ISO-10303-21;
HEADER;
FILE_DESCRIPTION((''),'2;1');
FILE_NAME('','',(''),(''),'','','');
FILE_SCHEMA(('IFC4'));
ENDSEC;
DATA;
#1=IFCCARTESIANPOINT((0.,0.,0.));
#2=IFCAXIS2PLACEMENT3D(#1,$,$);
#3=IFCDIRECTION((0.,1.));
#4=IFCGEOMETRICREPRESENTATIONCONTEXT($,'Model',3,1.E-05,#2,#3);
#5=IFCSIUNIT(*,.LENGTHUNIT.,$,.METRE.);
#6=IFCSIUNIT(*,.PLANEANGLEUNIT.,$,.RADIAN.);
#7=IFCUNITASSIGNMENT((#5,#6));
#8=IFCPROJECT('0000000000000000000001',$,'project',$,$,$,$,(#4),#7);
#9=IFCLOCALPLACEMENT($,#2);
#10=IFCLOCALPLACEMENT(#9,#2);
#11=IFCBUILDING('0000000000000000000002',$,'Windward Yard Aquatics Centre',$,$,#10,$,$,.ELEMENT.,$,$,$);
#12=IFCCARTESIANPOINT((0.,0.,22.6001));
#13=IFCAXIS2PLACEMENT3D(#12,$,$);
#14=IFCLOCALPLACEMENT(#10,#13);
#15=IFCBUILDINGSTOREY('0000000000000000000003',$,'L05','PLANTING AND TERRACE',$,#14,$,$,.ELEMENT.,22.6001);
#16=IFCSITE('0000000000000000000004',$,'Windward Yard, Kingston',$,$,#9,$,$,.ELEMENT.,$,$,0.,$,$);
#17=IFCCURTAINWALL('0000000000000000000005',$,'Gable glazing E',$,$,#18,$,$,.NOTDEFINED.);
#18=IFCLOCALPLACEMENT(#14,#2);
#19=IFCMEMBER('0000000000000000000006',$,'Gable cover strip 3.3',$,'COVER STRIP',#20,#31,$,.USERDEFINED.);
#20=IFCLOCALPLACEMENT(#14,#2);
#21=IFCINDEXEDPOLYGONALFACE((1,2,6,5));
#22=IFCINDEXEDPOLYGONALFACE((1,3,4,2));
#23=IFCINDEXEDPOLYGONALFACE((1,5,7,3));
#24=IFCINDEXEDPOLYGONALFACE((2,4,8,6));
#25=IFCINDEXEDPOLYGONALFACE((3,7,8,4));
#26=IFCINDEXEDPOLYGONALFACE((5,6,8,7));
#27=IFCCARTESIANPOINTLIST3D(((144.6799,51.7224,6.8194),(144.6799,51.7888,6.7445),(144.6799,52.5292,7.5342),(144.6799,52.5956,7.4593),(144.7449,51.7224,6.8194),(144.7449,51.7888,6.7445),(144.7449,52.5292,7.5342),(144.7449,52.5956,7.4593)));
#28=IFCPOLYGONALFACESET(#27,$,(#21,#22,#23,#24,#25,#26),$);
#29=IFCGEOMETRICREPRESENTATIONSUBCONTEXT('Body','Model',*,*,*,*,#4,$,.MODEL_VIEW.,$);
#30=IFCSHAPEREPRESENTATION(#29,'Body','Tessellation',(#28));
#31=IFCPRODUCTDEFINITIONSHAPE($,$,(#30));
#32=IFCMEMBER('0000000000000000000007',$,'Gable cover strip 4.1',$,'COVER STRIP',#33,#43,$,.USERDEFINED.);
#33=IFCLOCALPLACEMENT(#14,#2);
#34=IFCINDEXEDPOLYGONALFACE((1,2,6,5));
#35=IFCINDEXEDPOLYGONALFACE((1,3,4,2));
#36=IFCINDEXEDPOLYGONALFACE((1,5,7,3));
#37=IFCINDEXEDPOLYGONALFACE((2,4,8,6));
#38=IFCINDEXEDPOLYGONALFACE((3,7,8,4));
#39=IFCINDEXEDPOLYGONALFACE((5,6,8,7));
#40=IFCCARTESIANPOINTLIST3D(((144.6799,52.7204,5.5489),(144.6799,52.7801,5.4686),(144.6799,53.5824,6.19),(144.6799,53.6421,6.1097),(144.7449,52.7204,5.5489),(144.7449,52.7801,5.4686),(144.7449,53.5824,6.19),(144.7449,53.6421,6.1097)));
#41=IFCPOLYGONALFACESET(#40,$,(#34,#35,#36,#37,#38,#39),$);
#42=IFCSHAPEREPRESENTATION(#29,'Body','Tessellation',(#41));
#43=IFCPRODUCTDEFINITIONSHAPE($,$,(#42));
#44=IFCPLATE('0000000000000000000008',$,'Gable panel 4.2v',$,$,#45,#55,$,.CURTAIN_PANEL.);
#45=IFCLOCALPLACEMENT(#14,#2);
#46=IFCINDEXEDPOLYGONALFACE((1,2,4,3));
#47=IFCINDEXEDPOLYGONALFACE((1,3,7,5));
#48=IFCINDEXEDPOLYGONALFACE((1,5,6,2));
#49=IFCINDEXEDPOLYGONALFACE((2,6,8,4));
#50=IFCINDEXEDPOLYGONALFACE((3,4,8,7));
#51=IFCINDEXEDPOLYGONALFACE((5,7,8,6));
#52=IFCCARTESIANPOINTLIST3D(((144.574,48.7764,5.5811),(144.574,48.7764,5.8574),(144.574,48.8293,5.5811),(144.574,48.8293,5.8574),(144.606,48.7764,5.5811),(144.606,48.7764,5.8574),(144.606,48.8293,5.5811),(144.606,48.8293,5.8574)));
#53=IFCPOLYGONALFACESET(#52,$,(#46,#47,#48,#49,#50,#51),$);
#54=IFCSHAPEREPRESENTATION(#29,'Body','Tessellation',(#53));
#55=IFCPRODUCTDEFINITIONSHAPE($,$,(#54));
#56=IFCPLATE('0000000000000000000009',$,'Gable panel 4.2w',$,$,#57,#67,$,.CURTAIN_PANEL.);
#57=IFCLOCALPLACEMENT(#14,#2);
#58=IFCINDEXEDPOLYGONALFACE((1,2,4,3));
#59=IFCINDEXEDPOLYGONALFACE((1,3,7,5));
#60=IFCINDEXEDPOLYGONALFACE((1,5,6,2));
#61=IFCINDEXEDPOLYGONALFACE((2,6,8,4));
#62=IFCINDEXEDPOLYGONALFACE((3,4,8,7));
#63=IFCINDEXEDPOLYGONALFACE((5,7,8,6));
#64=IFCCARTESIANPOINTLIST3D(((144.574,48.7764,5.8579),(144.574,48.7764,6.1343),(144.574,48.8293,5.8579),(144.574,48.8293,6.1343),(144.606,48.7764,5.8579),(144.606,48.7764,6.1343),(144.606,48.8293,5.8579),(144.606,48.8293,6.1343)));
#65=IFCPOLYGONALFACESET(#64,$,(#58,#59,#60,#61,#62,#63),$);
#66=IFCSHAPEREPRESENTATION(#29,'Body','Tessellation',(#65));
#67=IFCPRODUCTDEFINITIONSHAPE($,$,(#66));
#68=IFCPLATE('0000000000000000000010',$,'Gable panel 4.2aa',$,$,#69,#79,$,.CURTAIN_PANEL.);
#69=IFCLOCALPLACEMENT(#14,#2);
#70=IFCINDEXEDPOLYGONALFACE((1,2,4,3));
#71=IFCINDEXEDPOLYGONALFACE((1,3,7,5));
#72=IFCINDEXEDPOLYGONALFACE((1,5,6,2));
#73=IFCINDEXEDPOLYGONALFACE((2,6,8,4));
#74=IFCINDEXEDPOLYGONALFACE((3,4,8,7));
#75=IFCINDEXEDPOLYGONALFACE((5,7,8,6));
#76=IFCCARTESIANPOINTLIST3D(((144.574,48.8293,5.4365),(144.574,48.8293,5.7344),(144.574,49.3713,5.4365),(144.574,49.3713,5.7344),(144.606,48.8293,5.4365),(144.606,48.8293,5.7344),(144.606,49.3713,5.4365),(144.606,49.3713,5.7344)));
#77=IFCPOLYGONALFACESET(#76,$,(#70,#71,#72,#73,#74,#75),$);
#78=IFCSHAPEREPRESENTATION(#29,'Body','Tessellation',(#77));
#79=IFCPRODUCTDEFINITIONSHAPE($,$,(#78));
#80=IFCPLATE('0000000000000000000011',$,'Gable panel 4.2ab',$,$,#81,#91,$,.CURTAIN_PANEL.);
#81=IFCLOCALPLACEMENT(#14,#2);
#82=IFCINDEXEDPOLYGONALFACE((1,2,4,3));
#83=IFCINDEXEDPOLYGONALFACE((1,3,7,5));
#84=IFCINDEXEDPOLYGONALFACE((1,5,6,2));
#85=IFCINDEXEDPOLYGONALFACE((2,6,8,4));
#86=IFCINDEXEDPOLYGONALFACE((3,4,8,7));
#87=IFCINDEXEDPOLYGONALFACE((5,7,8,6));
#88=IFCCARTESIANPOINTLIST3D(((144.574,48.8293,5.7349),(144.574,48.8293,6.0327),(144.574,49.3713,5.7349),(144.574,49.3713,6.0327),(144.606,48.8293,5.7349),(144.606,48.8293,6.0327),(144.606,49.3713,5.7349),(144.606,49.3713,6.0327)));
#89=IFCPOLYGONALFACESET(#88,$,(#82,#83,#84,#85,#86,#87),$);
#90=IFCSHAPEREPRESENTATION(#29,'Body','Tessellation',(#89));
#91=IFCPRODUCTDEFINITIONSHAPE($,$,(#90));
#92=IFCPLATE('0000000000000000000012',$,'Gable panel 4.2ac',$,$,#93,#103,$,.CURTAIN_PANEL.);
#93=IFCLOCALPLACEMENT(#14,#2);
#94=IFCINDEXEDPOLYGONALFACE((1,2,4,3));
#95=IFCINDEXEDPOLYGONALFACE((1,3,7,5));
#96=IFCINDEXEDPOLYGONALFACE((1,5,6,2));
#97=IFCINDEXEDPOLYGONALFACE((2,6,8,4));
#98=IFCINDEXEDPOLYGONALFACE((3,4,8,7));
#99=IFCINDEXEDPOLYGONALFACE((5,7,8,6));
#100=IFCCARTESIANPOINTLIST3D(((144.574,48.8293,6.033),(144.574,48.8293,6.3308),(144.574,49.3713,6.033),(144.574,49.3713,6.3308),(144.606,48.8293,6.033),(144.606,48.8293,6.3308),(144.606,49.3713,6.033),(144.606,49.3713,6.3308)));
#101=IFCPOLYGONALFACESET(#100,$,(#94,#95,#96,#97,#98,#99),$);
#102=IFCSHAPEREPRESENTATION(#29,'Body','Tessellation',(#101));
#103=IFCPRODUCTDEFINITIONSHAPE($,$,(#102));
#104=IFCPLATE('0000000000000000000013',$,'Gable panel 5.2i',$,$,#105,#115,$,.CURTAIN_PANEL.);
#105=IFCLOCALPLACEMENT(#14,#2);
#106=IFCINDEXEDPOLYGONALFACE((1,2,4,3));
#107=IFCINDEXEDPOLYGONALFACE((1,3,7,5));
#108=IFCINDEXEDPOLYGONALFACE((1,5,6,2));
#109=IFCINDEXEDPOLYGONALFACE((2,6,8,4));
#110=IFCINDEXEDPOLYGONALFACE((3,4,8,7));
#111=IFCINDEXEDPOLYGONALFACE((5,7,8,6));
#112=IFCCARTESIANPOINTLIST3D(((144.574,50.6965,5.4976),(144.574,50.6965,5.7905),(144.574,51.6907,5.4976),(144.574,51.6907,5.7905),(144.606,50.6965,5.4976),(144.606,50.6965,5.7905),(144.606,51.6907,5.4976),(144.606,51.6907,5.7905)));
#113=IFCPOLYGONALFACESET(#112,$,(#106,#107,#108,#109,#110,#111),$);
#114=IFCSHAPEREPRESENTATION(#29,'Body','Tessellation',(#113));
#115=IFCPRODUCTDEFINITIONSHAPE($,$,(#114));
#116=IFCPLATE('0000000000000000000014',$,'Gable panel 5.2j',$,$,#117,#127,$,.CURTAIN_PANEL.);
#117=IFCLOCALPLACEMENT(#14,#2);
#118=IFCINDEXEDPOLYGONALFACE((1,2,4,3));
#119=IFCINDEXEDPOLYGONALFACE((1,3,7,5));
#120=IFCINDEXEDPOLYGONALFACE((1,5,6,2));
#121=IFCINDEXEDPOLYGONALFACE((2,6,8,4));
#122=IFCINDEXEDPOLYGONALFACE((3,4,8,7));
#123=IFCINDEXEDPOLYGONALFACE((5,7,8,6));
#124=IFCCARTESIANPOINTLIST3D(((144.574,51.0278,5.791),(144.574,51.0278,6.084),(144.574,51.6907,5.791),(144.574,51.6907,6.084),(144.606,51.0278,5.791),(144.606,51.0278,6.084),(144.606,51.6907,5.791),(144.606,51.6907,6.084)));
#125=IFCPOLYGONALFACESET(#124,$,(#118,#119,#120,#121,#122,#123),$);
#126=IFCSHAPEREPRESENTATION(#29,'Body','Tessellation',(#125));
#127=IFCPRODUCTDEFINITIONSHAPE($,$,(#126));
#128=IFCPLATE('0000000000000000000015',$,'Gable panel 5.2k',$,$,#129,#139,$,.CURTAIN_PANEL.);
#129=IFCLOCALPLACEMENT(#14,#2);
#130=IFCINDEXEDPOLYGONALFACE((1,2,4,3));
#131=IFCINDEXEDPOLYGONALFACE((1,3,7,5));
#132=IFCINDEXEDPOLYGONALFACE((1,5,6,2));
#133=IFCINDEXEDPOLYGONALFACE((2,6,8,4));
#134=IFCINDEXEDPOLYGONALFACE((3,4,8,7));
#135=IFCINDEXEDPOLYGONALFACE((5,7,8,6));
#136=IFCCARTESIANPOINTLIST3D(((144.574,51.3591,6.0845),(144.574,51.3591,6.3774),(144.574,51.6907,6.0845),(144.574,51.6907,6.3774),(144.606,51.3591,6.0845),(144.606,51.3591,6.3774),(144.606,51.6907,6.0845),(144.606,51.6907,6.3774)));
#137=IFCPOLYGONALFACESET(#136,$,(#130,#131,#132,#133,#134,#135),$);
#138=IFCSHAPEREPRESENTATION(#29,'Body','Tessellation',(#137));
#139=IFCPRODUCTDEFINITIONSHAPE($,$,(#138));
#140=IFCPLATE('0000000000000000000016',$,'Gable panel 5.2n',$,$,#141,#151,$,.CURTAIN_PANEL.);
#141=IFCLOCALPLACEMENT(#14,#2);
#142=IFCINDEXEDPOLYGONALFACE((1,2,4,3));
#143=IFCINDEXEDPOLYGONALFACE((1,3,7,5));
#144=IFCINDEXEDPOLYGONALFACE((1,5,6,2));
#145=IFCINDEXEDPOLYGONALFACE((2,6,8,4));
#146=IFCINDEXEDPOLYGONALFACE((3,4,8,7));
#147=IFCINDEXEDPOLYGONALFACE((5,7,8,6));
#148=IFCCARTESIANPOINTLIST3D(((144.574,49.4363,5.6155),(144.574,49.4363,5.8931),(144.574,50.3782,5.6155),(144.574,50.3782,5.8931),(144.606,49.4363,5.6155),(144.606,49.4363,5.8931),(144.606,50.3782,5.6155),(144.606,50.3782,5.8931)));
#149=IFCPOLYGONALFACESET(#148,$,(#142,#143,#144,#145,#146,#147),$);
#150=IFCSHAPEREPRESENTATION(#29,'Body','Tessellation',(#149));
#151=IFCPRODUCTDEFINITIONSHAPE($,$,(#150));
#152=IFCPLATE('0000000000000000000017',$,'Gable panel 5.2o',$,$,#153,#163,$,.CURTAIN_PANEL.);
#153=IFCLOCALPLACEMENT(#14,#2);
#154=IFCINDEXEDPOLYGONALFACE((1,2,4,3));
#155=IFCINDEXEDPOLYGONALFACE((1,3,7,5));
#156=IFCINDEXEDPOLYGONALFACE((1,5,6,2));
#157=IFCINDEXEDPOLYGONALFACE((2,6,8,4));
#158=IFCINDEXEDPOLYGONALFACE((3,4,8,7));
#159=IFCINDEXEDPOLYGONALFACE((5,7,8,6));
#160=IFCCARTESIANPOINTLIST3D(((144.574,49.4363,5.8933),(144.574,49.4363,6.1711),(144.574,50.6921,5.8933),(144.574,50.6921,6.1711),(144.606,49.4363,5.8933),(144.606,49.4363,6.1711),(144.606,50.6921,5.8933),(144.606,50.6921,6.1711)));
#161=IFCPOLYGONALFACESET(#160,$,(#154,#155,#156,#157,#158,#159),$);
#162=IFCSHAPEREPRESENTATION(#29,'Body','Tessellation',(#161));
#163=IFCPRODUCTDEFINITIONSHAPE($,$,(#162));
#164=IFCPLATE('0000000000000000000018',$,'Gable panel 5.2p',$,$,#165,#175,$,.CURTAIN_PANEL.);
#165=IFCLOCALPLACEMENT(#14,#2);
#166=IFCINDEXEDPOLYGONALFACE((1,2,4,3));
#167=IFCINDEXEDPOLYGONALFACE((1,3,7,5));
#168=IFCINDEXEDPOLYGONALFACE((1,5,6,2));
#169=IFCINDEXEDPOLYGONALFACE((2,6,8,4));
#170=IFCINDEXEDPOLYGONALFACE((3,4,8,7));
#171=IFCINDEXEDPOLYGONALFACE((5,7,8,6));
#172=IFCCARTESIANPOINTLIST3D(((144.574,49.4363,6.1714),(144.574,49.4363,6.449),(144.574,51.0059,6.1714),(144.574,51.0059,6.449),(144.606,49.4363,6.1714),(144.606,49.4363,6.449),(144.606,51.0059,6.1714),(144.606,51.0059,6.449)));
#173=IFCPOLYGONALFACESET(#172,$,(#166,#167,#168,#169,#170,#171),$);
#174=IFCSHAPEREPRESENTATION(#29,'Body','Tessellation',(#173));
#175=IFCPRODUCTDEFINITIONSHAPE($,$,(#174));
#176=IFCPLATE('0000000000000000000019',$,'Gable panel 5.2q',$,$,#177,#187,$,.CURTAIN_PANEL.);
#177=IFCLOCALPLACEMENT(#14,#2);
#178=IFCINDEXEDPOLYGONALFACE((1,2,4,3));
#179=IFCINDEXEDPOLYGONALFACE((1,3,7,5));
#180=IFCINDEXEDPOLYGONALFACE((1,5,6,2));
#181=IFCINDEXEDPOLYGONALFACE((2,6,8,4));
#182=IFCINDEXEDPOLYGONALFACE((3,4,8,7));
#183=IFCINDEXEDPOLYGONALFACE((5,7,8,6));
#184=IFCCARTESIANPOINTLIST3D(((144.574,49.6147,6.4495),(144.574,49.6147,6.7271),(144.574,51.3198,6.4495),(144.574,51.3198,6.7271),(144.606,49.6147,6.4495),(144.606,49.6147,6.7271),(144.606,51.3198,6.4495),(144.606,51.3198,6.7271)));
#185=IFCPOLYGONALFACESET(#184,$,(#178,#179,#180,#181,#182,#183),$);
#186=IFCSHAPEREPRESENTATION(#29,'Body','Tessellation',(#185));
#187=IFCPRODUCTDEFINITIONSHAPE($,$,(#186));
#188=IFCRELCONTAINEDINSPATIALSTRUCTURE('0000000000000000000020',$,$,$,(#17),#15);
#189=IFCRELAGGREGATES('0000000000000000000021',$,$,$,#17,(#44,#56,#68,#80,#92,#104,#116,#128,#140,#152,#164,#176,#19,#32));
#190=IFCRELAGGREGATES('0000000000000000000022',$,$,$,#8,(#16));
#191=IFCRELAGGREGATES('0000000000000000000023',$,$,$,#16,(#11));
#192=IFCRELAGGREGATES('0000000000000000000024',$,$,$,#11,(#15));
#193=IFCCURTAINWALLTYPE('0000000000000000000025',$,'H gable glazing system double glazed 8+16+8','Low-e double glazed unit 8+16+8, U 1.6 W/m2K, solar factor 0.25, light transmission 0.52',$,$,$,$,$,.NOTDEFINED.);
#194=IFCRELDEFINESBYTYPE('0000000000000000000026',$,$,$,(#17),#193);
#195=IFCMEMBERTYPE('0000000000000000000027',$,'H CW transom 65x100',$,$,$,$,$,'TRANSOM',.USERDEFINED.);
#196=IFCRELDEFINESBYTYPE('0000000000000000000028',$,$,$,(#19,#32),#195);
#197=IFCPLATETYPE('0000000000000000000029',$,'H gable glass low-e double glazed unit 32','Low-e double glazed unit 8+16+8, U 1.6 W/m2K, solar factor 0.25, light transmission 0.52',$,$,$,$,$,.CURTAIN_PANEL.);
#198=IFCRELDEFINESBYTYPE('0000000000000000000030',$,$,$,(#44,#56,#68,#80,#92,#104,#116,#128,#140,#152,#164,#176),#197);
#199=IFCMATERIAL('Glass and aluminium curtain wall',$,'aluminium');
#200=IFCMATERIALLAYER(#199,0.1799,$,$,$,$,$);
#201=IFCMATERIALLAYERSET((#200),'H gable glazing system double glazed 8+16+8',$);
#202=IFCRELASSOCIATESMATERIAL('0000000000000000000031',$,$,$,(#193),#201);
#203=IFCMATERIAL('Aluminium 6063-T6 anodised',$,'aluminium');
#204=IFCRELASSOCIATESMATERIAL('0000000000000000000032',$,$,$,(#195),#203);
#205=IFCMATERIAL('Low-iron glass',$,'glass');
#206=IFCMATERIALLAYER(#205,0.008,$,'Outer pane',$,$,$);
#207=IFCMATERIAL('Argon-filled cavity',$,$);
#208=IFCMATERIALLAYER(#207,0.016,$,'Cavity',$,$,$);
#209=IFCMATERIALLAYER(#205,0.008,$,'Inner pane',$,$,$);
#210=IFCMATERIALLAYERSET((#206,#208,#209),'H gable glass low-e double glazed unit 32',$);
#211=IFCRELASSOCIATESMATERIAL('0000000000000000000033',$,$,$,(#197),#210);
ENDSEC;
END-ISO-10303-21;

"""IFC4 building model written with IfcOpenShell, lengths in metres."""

from ifc_helpers import new_model, si_unit, direction, frame, origin, origin_2d, place, context, subcontext, project, spatial, polyline, rectangle, outline, extrude, material, layer, layer_set, material_profile, profile_set, type_object, element, aggregate, save


model = new_model("IFC4")

# Units and contexts
model_context = context("Model", 3, precision=1e-05, world=origin(), true_north=direction((0.0, 1.0)))
body_context = subcontext(model_context, "Body", "Model", "MODEL_VIEW")
ifc_project = project(units=[si_unit("LENGTHUNIT", "METRE"), si_unit("PLANEANGLEUNIT", "RADIAN")], contexts=[model_context])

# Site, building, storey
site_placement = place(None, origin())
site = spatial("IfcSite", under=ifc_project, at=site_placement, Name="Windward Yard, Kingston", CompositionType="ELEMENT", RefElevation=0.0)
building_placement = place(site_placement, origin())
building = spatial("IfcBuilding", under=site, at=building_placement, Name="Windward Yard Aquatics Centre", CompositionType="ELEMENT")
storey_placement = place(building_placement, frame((0.0, 0.0, 22.6001)))
storey = spatial("IfcBuildingStorey", under=building, at=storey_placement, Name="L05", Description="PLANTING AND TERRACE", CompositionType="ELEMENT", Elevation=22.6001)

# Curtain wall, members, plates
ifc_material_1 = material(Name="Glass and aluminium curtain wall", Category="aluminium")
ifc_layer_1 = layer(ifc_material_1, 0.1799)
ifc_layer_set_1 = layer_set([ifc_layer_1], Name="H gable glazing system double glazed 8+16+8")
curtain_wall_type = type_object("IfcCurtainWallType", Name="H gable glazing system double glazed 8+16+8", Description="Low-e double glazed unit 8+16+8, U 1.6 W/m2K, solar factor 0.25, light transmission 0.52", PredefinedType="NOTDEFINED", material=ifc_layer_set_1)
curtain_wall_placement = place(storey_placement, origin())
curtain_wall = element("IfcCurtainWall", 1, at=curtain_wall_placement, inside=storey, type_object=curtain_wall_type, Name="Gable glazing E", PredefinedType="NOTDEFINED")
ifc_material_2 = material(Name="Aluminium 6063-T6 anodised", Category="aluminium")
ifc_material_profile = material_profile(ifc_material_2, rectangle(XDim=0.0649, YDim=0.1001, at=origin_2d()), Name="H CW transom 65x100")
ifc_profile_set = profile_set([ifc_material_profile], Name="Aluminium 6063-T6 anodised")
member_type = type_object("IfcMemberType", Name="H CW transom 65x100", ElementType="TRANSOM", PredefinedType="USERDEFINED", material=ifc_profile_set)
member_1_placement = place(storey_placement, frame((144.7124, 51.7556, 6.782), z_axis=(0.0, 0.748508, 0.663126), x_axis=(-1.0, 0.0, 0.0)))
member_1 = element("IfcMember", 2, at=member_1_placement, type_object=member_type, Name="Gable cover strip 3.3", ObjectType="COVER STRIP", PredefinedType="USERDEFINED", context=body_context, shape_type="SweptSolid", body=[
    extrude(rectangle(XDim=0.0649, YDim=0.1001, at=origin_2d()), origin(), (0.0, 0.0, 1.0), 1.0779),
])
member_2_placement = place(storey_placement, frame((144.7124, 52.7502, 5.5088), z_axis=(0.0, 0.80242, 0.596759), x_axis=(-1.0, 0.0, 0.0)))
member_2 = element("IfcMember", 3, at=member_2_placement, type_object=member_type, Name="Gable cover strip 4.1", ObjectType="COVER STRIP", PredefinedType="USERDEFINED", context=body_context, shape_type="SweptSolid", body=[
    extrude(rectangle(XDim=0.0649, YDim=0.1001, at=origin_2d()), origin(), (0.0, 0.0, 1.0), 1.0742),
])
ifc_material_3 = material(Name="Low-iron glass", Category="glass")
ifc_layer_2 = layer(ifc_material_3, 0.008, Name="Outer pane")
ifc_material_4 = material(Name="Argon-filled cavity")
ifc_layer_3 = layer(ifc_material_4, 0.016, Name="Cavity")
ifc_layer_4 = layer(ifc_material_3, 0.008, Name="Inner pane")
ifc_layer_set_2 = layer_set([ifc_layer_2, ifc_layer_3, ifc_layer_4], Name="H gable glass low-e double glazed unit 32")
plate_type = type_object("IfcPlateType", Name="H gable glass low-e double glazed unit 32", Description="Low-e double glazed unit 8+16+8, U 1.6 W/m2K, solar factor 0.25, light transmission 0.52", PredefinedType="CURTAIN_PANEL", material=ifc_layer_set_2)
plate_1_placement = place(storey_placement, frame((144.606, 48.7764, 5.5811), z_axis=(1.0, 0.0, 0.0), x_axis=(0.0, 1.0, 0.0)))
plate_1 = element("IfcPlate", 4, at=plate_1_placement, type_object=plate_type, Name="Gable panel 4.2v", PredefinedType="CURTAIN_PANEL", context=body_context, shape_type="SweptSolid", body=[
    extrude(outline(polyline([(0.0, 0.0), (0.053, 0.0), (0.053, 0.2764), (0.0, 0.2764), (0.0, 0.0)])), origin(), (0.0, 0.0, -1.0), 0.032),
])
plate_2_placement = place(storey_placement, frame((144.606, 48.7764, 5.8579), z_axis=(1.0, 0.0, 0.0), x_axis=(0.0, 1.0, 0.0)))
plate_2 = element("IfcPlate", 5, at=plate_2_placement, type_object=plate_type, Name="Gable panel 4.2w", PredefinedType="CURTAIN_PANEL", context=body_context, shape_type="SweptSolid", body=[
    extrude(outline(polyline([(0.0, 0.0), (0.053, 0.0), (0.053, 0.2764), (0.0, 0.2764), (0.0, 0.0)])), origin(), (0.0, 0.0, -1.0), 0.032),
])
plate_3_placement = place(storey_placement, frame((144.606, 48.8293, 5.4365), z_axis=(1.0, 0.0, 0.0), x_axis=(0.0, 1.0, 0.0)))
plate_3 = element("IfcPlate", 6, at=plate_3_placement, type_object=plate_type, Name="Gable panel 4.2aa", PredefinedType="CURTAIN_PANEL", context=body_context, shape_type="SweptSolid", body=[
    extrude(outline(polyline([(0.0, 0.0), (0.542, 0.0), (0.542, 0.2979), (0.0, 0.2979), (0.0, 0.0)])), origin(), (0.0, 0.0, -1.0), 0.032),
])
plate_4_placement = place(storey_placement, frame((144.606, 48.8293, 5.7349), z_axis=(1.0, 0.0, 0.0), x_axis=(0.0, 1.0, 0.0)))
plate_4 = element("IfcPlate", 7, at=plate_4_placement, type_object=plate_type, Name="Gable panel 4.2ab", PredefinedType="CURTAIN_PANEL", context=body_context, shape_type="SweptSolid", body=[
    extrude(outline(polyline([(0.0, 0.0), (0.542, 0.0), (0.542, 0.2979), (0.0, 0.2979), (0.0, 0.0)])), origin(), (0.0, 0.0, -1.0), 0.032),
])
plate_5_placement = place(storey_placement, frame((144.606, 48.8293, 6.033), z_axis=(1.0, 0.0, 0.0), x_axis=(0.0, 1.0, 0.0)))
plate_5 = element("IfcPlate", 8, at=plate_5_placement, type_object=plate_type, Name="Gable panel 4.2ac", PredefinedType="CURTAIN_PANEL", context=body_context, shape_type="SweptSolid", body=[
    extrude(outline(polyline([(0.0, 0.0), (0.542, 0.0), (0.542, 0.2979), (0.0, 0.2979), (0.0, 0.0)])), origin(), (0.0, 0.0, -1.0), 0.032),
])
plate_6_placement = place(storey_placement, frame((144.606, 50.6965, 5.4976), z_axis=(1.0, 0.0, 0.0), x_axis=(0.0, 1.0, 0.0)))
plate_6 = element("IfcPlate", 9, at=plate_6_placement, type_object=plate_type, Name="Gable panel 5.2i", PredefinedType="CURTAIN_PANEL", context=body_context, shape_type="SweptSolid", body=[
    extrude(outline(polyline([(0.0, 0.0), (0.9941, 0.0), (0.9941, 0.293), (0.0, 0.293), (0.0, 0.0)])), origin(), (0.0, 0.0, -1.0), 0.032),
])
plate_7_placement = place(storey_placement, frame((144.606, 51.0278, 5.791), z_axis=(1.0, 0.0, 0.0), x_axis=(0.0, 1.0, 0.0)))
plate_7 = element("IfcPlate", 10, at=plate_7_placement, type_object=plate_type, Name="Gable panel 5.2j", PredefinedType="CURTAIN_PANEL", context=body_context, shape_type="SweptSolid", body=[
    extrude(outline(polyline([(0.0, 0.0), (0.6628, 0.0), (0.6628, 0.293), (0.0, 0.293), (0.0, 0.0)])), origin(), (0.0, 0.0, -1.0), 0.032),
])
plate_8_placement = place(storey_placement, frame((144.606, 51.3591, 6.0845), z_axis=(1.0, 0.0, 0.0), x_axis=(0.0, 1.0, 0.0)))
plate_8 = element("IfcPlate", 11, at=plate_8_placement, type_object=plate_type, Name="Gable panel 5.2k", PredefinedType="CURTAIN_PANEL", context=body_context, shape_type="SweptSolid", body=[
    extrude(outline(polyline([(0.0, 0.0), (0.3315, 0.0), (0.3315, 0.293), (0.0, 0.293), (0.0, 0.0)])), origin(), (0.0, 0.0, -1.0), 0.032),
])
plate_9_placement = place(storey_placement, frame((144.606, 49.4363, 5.6155), z_axis=(1.0, 0.0, 0.0), x_axis=(0.0, 1.0, 0.0)))
plate_9 = element("IfcPlate", 12, at=plate_9_placement, type_object=plate_type, Name="Gable panel 5.2n", PredefinedType="CURTAIN_PANEL", context=body_context, shape_type="SweptSolid", body=[
    extrude(outline(polyline([(0.0, 0.0), (0.9419, 0.0), (0.9419, 0.2776), (0.0, 0.2776), (0.0, 0.0)])), origin(), (0.0, 0.0, -1.0), 0.032),
])
plate_10_placement = place(storey_placement, frame((144.606, 49.4363, 5.8933), z_axis=(1.0, 0.0, 0.0), x_axis=(0.0, 1.0, 0.0)))
plate_10 = element("IfcPlate", 13, at=plate_10_placement, type_object=plate_type, Name="Gable panel 5.2o", PredefinedType="CURTAIN_PANEL", context=body_context, shape_type="SweptSolid", body=[
    extrude(outline(polyline([(0.0, 0.0), (1.2559, 0.0), (1.2559, 0.2778), (0.0, 0.2778), (0.0, 0.0)])), origin(), (0.0, 0.0, -1.0), 0.032),
])
plate_11_placement = place(storey_placement, frame((144.606, 49.4363, 6.1714), z_axis=(1.0, 0.0, 0.0), x_axis=(0.0, 1.0, 0.0)))
plate_11 = element("IfcPlate", 14, at=plate_11_placement, type_object=plate_type, Name="Gable panel 5.2p", PredefinedType="CURTAIN_PANEL", context=body_context, shape_type="SweptSolid", body=[
    extrude(outline(polyline([(0.0, 0.0), (1.5696, 0.0), (1.5696, 0.2776), (0.0, 0.2776), (0.0, 0.0)])), origin(), (0.0, 0.0, -1.0), 0.032),
])
plate_12_placement = place(storey_placement, frame((144.606, 49.6147, 6.4495), z_axis=(1.0, 0.0, 0.0), x_axis=(0.0, 1.0, 0.0)))
plate_12 = element("IfcPlate", 15, at=plate_12_placement, type_object=plate_type, Name="Gable panel 5.2q", PredefinedType="CURTAIN_PANEL", context=body_context, shape_type="SweptSolid", body=[
    extrude(outline(polyline([(0.0, 0.0), (1.7051, 0.0), (1.7051, 0.2776), (0.0, 0.2776), (0.0, 0.0)])), origin(), (0.0, 0.0, -1.0), 0.032),
])
aggregate(curtain_wall, [plate_1, plate_2, plate_3, plate_4, plate_5, plate_6, plate_7, plate_8, plate_9, plate_10, plate_11, plate_12, member_1, member_2])

save(model, "model.ifc")
